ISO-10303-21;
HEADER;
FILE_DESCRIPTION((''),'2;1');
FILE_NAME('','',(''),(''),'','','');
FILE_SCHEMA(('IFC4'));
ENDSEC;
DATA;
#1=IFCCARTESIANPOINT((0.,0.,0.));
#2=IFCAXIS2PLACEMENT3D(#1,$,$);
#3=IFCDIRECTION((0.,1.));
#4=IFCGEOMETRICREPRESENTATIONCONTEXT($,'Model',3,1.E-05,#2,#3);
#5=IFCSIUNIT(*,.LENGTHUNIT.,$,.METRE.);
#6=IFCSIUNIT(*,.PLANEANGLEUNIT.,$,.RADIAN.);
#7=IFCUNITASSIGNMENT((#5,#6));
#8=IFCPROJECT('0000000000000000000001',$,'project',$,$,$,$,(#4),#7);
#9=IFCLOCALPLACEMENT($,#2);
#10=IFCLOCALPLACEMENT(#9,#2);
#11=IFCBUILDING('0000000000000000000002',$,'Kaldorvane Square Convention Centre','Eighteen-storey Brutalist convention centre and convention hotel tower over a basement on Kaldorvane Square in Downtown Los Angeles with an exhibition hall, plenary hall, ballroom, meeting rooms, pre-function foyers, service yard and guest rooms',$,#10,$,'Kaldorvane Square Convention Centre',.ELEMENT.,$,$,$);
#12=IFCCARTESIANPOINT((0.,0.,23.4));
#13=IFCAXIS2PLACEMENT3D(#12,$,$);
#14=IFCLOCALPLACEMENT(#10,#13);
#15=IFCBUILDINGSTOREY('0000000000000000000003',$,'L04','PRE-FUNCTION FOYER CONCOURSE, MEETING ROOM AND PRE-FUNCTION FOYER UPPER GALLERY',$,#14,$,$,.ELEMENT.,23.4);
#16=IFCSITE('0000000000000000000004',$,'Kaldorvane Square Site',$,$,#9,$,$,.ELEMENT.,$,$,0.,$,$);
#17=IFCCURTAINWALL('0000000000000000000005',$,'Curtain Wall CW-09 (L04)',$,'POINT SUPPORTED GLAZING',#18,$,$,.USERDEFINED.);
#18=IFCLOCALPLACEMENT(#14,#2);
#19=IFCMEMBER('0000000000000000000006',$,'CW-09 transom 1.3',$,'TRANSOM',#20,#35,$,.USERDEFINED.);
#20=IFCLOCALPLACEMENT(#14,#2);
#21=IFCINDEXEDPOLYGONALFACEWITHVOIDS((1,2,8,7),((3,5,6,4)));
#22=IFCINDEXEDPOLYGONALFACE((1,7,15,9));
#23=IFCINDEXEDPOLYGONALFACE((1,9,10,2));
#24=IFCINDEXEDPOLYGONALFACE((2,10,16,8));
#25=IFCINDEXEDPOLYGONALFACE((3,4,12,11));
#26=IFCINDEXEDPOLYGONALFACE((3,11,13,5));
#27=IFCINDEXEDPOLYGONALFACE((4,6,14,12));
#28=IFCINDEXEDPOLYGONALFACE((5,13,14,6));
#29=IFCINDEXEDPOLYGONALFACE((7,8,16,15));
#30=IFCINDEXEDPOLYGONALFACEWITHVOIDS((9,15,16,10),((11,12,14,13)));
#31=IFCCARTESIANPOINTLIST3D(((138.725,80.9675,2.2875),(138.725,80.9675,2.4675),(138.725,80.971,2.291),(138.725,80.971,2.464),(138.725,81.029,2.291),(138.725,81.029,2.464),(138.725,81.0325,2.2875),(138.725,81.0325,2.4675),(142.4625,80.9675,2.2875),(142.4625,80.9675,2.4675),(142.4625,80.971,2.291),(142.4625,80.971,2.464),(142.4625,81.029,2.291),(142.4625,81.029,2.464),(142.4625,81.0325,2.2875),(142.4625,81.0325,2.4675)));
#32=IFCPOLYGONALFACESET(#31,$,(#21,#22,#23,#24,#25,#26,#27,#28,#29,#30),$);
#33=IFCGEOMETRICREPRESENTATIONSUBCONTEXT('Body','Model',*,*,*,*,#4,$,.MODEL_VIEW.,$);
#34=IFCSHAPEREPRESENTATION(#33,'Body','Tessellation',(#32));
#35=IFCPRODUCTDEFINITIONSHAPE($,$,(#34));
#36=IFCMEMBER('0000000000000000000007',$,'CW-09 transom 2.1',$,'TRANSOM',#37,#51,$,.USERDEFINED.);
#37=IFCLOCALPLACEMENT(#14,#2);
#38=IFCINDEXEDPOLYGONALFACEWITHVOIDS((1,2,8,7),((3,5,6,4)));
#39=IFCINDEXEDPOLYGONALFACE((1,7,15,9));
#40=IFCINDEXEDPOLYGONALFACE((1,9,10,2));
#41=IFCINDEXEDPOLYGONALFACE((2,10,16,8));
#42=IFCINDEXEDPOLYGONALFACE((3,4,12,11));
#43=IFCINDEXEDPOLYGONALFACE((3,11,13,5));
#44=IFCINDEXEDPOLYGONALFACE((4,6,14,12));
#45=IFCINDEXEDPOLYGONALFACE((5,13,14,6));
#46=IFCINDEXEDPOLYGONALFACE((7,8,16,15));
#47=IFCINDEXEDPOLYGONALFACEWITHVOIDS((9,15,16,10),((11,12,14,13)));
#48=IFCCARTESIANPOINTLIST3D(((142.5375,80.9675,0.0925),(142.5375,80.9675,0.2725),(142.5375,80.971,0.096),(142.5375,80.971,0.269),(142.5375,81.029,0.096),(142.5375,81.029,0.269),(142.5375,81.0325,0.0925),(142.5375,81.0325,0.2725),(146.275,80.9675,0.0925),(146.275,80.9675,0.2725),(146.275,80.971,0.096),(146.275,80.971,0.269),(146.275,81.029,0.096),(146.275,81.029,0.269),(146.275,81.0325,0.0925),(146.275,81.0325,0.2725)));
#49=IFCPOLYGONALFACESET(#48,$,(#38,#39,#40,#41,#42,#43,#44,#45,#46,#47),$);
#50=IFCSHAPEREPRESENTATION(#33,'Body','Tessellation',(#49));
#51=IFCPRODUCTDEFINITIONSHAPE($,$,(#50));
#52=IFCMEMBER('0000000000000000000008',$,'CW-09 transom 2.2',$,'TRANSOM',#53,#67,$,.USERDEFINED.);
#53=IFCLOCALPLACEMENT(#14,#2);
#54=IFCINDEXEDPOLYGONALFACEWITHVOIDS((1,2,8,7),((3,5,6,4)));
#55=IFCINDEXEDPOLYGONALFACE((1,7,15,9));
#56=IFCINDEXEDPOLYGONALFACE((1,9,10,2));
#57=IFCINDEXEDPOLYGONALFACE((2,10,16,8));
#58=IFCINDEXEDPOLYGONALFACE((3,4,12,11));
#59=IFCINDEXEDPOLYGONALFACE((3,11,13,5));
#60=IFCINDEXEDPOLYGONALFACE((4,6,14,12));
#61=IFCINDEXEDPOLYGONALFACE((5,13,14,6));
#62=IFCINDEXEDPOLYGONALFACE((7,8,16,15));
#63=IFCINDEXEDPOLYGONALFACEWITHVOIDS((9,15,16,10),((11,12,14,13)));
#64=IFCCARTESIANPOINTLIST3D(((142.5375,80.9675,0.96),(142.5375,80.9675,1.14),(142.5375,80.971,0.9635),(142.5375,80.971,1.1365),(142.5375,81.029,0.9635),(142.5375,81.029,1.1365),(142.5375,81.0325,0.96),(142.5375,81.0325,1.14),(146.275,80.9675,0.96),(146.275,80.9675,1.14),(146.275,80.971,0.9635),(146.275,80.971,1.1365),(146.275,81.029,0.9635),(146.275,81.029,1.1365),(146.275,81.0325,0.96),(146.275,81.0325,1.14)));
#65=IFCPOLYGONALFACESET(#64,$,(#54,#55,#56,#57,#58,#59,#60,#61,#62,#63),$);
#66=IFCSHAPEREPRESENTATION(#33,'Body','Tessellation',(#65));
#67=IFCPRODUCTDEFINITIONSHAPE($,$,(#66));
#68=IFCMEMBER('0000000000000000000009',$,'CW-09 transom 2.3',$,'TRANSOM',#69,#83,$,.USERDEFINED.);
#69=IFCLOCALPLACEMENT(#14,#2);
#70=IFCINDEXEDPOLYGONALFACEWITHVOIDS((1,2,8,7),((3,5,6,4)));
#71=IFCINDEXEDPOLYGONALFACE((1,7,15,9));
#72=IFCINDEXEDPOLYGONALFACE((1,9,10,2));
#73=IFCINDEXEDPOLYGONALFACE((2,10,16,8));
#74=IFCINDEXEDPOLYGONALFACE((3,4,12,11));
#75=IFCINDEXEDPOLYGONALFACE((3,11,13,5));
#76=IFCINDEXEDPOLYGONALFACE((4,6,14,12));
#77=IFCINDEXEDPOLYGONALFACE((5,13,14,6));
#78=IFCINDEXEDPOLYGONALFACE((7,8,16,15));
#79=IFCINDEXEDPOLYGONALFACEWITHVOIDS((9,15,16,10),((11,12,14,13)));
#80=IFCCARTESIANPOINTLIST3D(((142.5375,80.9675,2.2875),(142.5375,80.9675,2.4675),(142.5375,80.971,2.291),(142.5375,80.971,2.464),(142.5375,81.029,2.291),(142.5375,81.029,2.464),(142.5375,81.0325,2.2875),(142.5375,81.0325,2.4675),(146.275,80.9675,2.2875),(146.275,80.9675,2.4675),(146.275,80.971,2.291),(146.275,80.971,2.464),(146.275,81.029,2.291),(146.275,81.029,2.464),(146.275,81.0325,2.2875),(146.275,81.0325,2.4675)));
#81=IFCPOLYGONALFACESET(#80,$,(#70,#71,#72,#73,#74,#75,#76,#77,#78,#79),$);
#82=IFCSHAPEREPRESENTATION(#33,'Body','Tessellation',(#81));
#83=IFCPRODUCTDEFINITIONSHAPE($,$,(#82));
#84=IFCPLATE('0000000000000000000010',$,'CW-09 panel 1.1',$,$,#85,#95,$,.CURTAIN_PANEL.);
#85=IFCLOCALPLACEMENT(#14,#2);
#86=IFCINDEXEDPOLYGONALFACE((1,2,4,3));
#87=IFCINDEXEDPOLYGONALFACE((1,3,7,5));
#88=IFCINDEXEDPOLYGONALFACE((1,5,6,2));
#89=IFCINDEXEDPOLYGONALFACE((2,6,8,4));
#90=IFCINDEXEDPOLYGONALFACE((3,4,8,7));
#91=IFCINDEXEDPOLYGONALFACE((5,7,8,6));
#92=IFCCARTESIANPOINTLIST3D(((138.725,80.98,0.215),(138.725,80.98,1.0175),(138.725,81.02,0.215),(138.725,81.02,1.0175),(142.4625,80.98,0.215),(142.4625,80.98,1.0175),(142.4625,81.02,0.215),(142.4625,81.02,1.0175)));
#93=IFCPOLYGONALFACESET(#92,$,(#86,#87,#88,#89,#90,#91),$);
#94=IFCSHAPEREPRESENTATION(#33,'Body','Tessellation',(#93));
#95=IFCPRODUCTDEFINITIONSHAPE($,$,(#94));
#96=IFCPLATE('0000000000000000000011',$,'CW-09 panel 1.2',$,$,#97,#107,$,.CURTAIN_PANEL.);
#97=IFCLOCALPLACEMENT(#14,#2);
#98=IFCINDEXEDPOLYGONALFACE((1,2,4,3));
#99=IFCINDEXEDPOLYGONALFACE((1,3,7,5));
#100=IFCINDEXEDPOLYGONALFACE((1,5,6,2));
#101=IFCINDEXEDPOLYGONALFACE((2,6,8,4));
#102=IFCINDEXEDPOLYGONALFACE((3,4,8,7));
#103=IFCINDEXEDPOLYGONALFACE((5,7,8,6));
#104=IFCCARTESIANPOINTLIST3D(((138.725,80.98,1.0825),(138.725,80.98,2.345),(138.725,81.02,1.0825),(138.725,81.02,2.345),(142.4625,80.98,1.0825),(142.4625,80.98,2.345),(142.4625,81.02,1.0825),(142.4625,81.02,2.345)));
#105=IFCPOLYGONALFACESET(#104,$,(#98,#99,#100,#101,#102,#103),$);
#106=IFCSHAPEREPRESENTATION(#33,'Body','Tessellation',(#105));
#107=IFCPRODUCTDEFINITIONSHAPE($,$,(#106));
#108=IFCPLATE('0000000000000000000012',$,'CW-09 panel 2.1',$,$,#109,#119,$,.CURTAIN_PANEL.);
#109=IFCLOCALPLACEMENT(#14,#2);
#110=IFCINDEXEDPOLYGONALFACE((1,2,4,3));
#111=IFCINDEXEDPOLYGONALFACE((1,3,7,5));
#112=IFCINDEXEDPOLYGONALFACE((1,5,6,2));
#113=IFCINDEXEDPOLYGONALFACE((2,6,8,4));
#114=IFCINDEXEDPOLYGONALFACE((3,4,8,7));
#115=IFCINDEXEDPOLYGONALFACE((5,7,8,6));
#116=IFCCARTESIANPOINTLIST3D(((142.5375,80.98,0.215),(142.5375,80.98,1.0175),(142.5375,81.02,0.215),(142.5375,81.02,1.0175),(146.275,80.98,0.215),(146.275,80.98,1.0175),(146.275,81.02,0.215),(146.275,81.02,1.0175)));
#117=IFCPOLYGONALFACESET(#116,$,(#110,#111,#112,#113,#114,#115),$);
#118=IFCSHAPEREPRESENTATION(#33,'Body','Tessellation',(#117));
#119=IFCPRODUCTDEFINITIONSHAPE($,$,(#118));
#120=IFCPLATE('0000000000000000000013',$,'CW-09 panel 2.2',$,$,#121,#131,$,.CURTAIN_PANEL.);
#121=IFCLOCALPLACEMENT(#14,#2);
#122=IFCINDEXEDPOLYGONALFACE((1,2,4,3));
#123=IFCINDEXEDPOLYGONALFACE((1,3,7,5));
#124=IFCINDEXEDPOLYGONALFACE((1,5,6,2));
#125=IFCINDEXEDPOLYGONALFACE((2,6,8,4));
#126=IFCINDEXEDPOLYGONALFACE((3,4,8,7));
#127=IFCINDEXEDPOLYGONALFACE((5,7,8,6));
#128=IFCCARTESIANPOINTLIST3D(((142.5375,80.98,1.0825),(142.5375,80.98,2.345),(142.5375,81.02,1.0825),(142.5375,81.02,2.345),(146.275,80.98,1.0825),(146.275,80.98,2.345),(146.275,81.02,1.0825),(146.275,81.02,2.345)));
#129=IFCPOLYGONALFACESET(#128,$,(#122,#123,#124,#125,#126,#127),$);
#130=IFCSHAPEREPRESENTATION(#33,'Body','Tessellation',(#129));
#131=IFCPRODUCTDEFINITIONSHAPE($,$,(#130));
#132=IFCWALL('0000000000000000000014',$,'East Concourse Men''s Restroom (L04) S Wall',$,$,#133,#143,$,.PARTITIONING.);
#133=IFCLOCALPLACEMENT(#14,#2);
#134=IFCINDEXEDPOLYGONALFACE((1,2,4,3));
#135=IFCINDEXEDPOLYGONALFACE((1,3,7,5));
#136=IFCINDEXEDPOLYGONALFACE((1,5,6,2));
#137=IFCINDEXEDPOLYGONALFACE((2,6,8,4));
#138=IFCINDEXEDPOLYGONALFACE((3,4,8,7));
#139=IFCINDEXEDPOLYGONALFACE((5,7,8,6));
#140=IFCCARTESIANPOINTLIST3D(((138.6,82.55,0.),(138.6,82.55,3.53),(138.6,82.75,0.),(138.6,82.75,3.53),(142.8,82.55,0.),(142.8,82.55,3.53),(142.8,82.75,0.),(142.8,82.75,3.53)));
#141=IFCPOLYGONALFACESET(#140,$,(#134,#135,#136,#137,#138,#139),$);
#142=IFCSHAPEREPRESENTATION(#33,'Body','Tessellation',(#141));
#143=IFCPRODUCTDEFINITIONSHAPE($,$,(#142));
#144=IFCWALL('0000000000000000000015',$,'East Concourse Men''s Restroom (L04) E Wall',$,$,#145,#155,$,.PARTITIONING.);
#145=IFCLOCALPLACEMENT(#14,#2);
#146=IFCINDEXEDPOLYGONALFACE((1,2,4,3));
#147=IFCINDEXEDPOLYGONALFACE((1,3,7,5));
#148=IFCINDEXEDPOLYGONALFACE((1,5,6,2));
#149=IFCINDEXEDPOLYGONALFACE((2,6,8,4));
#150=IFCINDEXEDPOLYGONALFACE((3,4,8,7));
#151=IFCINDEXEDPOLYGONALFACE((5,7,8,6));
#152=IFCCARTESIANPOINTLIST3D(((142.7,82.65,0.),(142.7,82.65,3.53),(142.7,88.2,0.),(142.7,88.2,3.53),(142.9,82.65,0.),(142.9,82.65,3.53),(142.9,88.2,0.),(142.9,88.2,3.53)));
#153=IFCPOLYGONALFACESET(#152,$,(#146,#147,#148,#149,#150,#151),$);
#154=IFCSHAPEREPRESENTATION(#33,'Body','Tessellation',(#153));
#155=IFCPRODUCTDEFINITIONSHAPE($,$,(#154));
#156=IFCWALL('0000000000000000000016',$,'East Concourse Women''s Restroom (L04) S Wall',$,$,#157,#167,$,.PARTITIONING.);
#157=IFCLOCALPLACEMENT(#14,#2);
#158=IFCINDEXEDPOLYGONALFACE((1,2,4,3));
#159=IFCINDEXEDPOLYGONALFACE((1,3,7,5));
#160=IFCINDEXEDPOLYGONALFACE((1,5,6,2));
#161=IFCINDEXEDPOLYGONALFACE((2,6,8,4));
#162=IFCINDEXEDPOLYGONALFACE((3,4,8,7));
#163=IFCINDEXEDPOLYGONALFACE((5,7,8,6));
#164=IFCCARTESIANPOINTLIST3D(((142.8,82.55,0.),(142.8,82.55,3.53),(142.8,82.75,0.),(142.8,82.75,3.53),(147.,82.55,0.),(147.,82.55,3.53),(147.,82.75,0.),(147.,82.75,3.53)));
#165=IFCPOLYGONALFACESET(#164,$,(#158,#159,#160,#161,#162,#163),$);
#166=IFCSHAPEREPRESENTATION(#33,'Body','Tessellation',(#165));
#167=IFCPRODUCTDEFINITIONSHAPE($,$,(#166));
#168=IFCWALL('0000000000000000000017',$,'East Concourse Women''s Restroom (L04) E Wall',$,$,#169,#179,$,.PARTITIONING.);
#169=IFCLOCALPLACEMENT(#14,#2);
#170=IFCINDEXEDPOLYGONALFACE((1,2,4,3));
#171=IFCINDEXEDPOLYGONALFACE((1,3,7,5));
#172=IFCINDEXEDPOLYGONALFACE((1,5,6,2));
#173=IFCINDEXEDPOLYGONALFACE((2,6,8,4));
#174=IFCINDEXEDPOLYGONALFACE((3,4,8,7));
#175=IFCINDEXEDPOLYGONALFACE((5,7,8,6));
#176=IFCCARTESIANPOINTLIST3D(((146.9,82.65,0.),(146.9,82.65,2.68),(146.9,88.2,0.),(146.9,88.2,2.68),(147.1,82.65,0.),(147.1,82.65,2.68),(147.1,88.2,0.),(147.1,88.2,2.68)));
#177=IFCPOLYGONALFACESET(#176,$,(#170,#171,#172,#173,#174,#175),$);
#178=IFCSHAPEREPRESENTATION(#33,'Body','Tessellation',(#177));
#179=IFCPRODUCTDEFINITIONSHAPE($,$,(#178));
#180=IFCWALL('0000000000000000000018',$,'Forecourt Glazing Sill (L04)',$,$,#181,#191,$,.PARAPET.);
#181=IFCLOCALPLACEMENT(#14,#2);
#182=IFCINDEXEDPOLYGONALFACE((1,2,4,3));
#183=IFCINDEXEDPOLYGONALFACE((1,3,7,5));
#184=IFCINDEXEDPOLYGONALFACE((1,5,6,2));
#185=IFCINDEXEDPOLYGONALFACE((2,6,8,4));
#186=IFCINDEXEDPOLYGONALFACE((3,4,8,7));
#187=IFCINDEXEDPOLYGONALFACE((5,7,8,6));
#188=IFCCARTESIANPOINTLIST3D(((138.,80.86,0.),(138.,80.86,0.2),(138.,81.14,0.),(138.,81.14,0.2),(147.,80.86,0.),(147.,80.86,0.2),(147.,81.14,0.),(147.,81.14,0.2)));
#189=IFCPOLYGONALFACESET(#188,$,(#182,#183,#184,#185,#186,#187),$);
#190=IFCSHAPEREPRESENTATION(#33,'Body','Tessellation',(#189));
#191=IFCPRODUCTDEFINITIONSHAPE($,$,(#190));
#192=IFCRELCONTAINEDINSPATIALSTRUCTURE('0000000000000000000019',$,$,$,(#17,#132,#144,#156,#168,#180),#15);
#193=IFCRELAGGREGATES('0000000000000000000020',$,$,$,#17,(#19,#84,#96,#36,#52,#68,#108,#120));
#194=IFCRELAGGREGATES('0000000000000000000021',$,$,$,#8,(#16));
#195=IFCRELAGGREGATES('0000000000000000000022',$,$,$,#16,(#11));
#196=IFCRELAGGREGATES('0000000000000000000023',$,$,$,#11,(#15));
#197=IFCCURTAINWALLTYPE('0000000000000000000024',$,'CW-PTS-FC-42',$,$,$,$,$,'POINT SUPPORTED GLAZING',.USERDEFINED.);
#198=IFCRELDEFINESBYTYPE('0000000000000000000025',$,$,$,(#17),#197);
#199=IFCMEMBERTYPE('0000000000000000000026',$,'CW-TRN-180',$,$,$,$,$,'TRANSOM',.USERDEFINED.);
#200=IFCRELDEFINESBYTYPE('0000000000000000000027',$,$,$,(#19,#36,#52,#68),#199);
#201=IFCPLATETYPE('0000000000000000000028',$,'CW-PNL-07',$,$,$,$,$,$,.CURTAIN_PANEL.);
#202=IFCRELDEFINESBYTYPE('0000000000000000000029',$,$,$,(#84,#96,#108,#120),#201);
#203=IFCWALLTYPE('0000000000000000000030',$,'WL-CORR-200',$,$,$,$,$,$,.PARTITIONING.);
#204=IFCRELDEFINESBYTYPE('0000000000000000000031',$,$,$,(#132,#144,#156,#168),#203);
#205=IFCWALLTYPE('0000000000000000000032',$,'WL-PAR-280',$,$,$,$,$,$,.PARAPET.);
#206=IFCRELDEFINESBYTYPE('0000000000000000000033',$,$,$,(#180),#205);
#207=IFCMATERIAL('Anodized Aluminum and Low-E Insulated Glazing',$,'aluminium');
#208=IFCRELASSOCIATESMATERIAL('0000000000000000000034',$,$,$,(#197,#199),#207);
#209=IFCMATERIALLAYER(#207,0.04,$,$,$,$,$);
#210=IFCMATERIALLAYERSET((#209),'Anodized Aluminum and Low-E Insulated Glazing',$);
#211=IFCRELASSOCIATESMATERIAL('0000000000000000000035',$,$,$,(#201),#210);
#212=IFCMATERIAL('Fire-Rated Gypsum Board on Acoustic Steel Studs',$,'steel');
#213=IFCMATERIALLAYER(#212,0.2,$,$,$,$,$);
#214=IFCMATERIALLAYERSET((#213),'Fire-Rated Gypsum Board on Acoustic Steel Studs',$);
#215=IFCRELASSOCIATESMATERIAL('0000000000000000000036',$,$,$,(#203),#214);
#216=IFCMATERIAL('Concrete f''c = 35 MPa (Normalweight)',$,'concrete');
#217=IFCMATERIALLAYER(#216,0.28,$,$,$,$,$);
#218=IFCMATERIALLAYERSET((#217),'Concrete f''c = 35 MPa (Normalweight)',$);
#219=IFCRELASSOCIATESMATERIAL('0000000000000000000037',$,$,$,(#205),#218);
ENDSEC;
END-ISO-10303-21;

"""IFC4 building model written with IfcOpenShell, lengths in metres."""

from ifc_helpers import new_model, si_unit, direction, frame, frame_2d, origin, origin_2d, place, context, subcontext, project, spatial, rectangle, hollow_rectangle, extrude, material, layer, layer_set, material_profile, profile_set, type_object, element, aggregate, save


model = new_model("IFC4")

# Units and contexts
model_context = context("Model", 3, precision=1e-05, world=origin(), true_north=direction((0.0, 1.0)))
body_context = subcontext(model_context, "Body", "Model", "MODEL_VIEW")
ifc_project = project(units=[si_unit("LENGTHUNIT", "METRE"), si_unit("PLANEANGLEUNIT", "RADIAN")], contexts=[model_context])

# Site, building, storey
site_placement = place(None, origin())
site = spatial("IfcSite", under=ifc_project, at=site_placement, Name="Kaldorvane Square Site", CompositionType="ELEMENT", RefElevation=0.0)
building_placement = place(site_placement, origin())
building = spatial("IfcBuilding", under=site, at=building_placement, Name="Kaldorvane Square Convention Centre", Description="Eighteen-storey Brutalist convention centre and convention hotel tower over a basement on Kaldorvane Square in Downtown Los Angeles with an exhibition hall, plenary hall, ballroom, meeting rooms, pre-function foyers, service yard and guest rooms", LongName="Kaldorvane Square Convention Centre", CompositionType="ELEMENT")
storey_placement = place(building_placement, frame((0.0, 0.0, 23.4)))
storey = spatial("IfcBuildingStorey", under=building, at=storey_placement, Name="L04", Description="PRE-FUNCTION FOYER CONCOURSE, MEETING ROOM AND PRE-FUNCTION FOYER UPPER GALLERY", CompositionType="ELEMENT", Elevation=23.4)

# Curtain wall, members, plates
ifc_material_1 = material(Name="Anodized Aluminum and Low-E Insulated Glazing", Category="aluminium")
curtain_wall_type = type_object("IfcCurtainWallType", Name="CW-PTS-FC-42", ElementType="POINT SUPPORTED GLAZING", PredefinedType="USERDEFINED", material=ifc_material_1)
curtain_wall_placement = place(storey_placement, origin())
curtain_wall = element("IfcCurtainWall", 1, at=curtain_wall_placement, inside=storey, type_object=curtain_wall_type, Name="Curtain Wall CW-09 (L04)", ObjectType="POINT SUPPORTED GLAZING", PredefinedType="USERDEFINED")
ifc_material_profile_1 = material_profile(ifc_material_1, hollow_rectangle(XDim=0.065, YDim=0.18, WallThickness=0.0035, at=origin_2d()), Name="CWT-180X65")
ifc_profile_set_1 = profile_set([ifc_material_profile_1], Name="Anodized Aluminum and Low-E Insulated Glazing")
member_type_1 = type_object("IfcMemberType", Name="CW-TRN-180", ElementType="TRANSOM", PredefinedType="USERDEFINED", material=ifc_profile_set_1)
member_1_placement = place(storey_placement, frame((138.725, 81.0, 2.3775), z_axis=(1.0, 0.0, 0.0), x_axis=(0.0, 1.0, 0.0)))
member_1 = element("IfcMember", 2, at=member_1_placement, type_object=member_type_1, Name="CW-09 transom 1.3", ObjectType="TRANSOM", PredefinedType="USERDEFINED", context=body_context, shape_type="SweptSolid", body=[
    extrude(hollow_rectangle(XDim=0.065, YDim=0.18, WallThickness=0.0035, at=origin_2d()), origin(), (0.0, 0.0, 1.0), 3.7375),
])
member_2_placement = place(storey_placement, frame((142.5375, 81.0, 0.1825), z_axis=(1.0, 0.0, 0.0), x_axis=(0.0, 1.0, 0.0)))
member_2 = element("IfcMember", 3, at=member_2_placement, type_object=member_type_1, Name="CW-09 transom 2.1", ObjectType="TRANSOM", PredefinedType="USERDEFINED", context=body_context, shape_type="SweptSolid", body=[
    extrude(hollow_rectangle(XDim=0.065, YDim=0.18, WallThickness=0.0035, at=origin_2d()), origin(), (0.0, 0.0, 1.0), 3.7375),
])
member_3_placement = place(storey_placement, frame((142.5375, 81.0, 1.05), z_axis=(1.0, 0.0, 0.0), x_axis=(0.0, 1.0, 0.0)))
member_3 = element("IfcMember", 4, at=member_3_placement, type_object=member_type_1, Name="CW-09 transom 2.2", ObjectType="TRANSOM", PredefinedType="USERDEFINED", context=body_context, shape_type="SweptSolid", body=[
    extrude(hollow_rectangle(XDim=0.065, YDim=0.18, WallThickness=0.0035, at=origin_2d()), origin(), (0.0, 0.0, 1.0), 3.7375),
])
member_4_placement = place(storey_placement, frame((142.5375, 81.0, 2.3775), z_axis=(1.0, 0.0, 0.0), x_axis=(0.0, 1.0, 0.0)))
member_4 = element("IfcMember", 5, at=member_4_placement, type_object=member_type_1, Name="CW-09 transom 2.3", ObjectType="TRANSOM", PredefinedType="USERDEFINED", context=body_context, shape_type="SweptSolid", body=[
    extrude(hollow_rectangle(XDim=0.065, YDim=0.18, WallThickness=0.0035, at=origin_2d()), origin(), (0.0, 0.0, 1.0), 3.7375),
])
ifc_layer_1 = layer(ifc_material_1, 0.04)
ifc_layer_set_1 = layer_set([ifc_layer_1], Name="Anodized Aluminum and Low-E Insulated Glazing")
plate_type = type_object("IfcPlateType", Name="CW-PNL-07", PredefinedType="CURTAIN_PANEL", material=ifc_layer_set_1)
plate_1_placement = place(storey_placement, frame((140.5938, 81.0, 0.215), z_axis=(0.0, 0.0, 1.0), x_axis=(1.0, 0.0, 0.0)))
plate_1 = element("IfcPlate", 6, at=plate_1_placement, type_object=plate_type, Name="CW-09 panel 1.1", PredefinedType="CURTAIN_PANEL", context=body_context, shape_type="SweptSolid", body=[
    extrude(rectangle(XDim=3.7375, YDim=0.04, at=origin_2d()), origin(), (0.0, 0.0, 1.0), 0.8025),
])
plate_2_placement = place(storey_placement, frame((140.5938, 81.0, 1.0825), z_axis=(0.0, 0.0, 1.0), x_axis=(1.0, 0.0, 0.0)))
plate_2 = element("IfcPlate", 7, at=plate_2_placement, type_object=plate_type, Name="CW-09 panel 1.2", PredefinedType="CURTAIN_PANEL", context=body_context, shape_type="SweptSolid", body=[
    extrude(rectangle(XDim=3.7375, YDim=0.04, at=origin_2d()), origin(), (0.0, 0.0, 1.0), 1.2625),
])
plate_3_placement = place(storey_placement, frame((144.4062, 81.0, 0.215), z_axis=(0.0, 0.0, 1.0), x_axis=(1.0, 0.0, 0.0)))
plate_3 = element("IfcPlate", 8, at=plate_3_placement, type_object=plate_type, Name="CW-09 panel 2.1", PredefinedType="CURTAIN_PANEL", context=body_context, shape_type="SweptSolid", body=[
    extrude(rectangle(XDim=3.7375, YDim=0.04, at=origin_2d()), origin(), (0.0, 0.0, 1.0), 0.8025),
])
plate_4_placement = place(storey_placement, frame((144.4062, 81.0, 1.0825), z_axis=(0.0, 0.0, 1.0), x_axis=(1.0, 0.0, 0.0)))
plate_4 = element("IfcPlate", 9, at=plate_4_placement, type_object=plate_type, Name="CW-09 panel 2.2", PredefinedType="CURTAIN_PANEL", context=body_context, shape_type="SweptSolid", body=[
    extrude(rectangle(XDim=3.7375, YDim=0.04, at=origin_2d()), origin(), (0.0, 0.0, 1.0), 1.2625),
])
aggregate(curtain_wall, [member_1, plate_1, plate_2, member_2, member_3, member_4, plate_3, plate_4])

# Walls
ifc_material_2 = material(Name="Fire-Rated Gypsum Board on Acoustic Steel Studs", Category="steel")
ifc_layer_2 = layer(ifc_material_2, 0.2)
ifc_layer_set_2 = layer_set([ifc_layer_2], Name="Fire-Rated Gypsum Board on Acoustic Steel Studs")
wall_type_1 = type_object("IfcWallType", Name="WL-CORR-200", PredefinedType="PARTITIONING", material=ifc_layer_set_2)
wall_1_placement = place(storey_placement, frame((138.6, 82.65, 0.0), z_axis=(0.0, 0.0, 1.0), x_axis=(1.0, 0.0, 0.0)))
element("IfcWall", 10, at=wall_1_placement, inside=storey, type_object=wall_type_1, Name="East Concourse Men's Restroom (L04) S Wall", PredefinedType="PARTITIONING", context=body_context, shape_type="SweptSolid", body=[
    extrude(rectangle(XDim=4.2, YDim=0.2, at=frame_2d((2.1, 0.0))), origin(), (0.0, 0.0, 1.0), 3.53),
])
wall_2_placement = place(storey_placement, frame((142.8, 82.65, 0.0), z_axis=(0.0, 0.0, 1.0), x_axis=(0.0, 1.0, 0.0)))
element("IfcWall", 11, at=wall_2_placement, inside=storey, type_object=wall_type_1, Name="East Concourse Men's Restroom (L04) E Wall", PredefinedType="PARTITIONING", context=body_context, shape_type="SweptSolid", body=[
    extrude(rectangle(XDim=5.55, YDim=0.2, at=frame_2d((2.775, 0.0))), origin(), (0.0, 0.0, 1.0), 3.53),
])
wall_3_placement = place(storey_placement, frame((142.8, 82.65, 0.0), z_axis=(0.0, 0.0, 1.0), x_axis=(1.0, 0.0, 0.0)))
element("IfcWall", 12, at=wall_3_placement, inside=storey, type_object=wall_type_1, Name="East Concourse Women's Restroom (L04) S Wall", PredefinedType="PARTITIONING", context=body_context, shape_type="SweptSolid", body=[
    extrude(rectangle(XDim=4.2, YDim=0.2, at=frame_2d((2.1, 0.0))), origin(), (0.0, 0.0, 1.0), 3.53),
])
wall_4_placement = place(storey_placement, frame((147.0, 82.65, 0.0), z_axis=(0.0, 0.0, 1.0), x_axis=(0.0, 1.0, 0.0)))
element("IfcWall", 13, at=wall_4_placement, inside=storey, type_object=wall_type_1, Name="East Concourse Women's Restroom (L04) E Wall", PredefinedType="PARTITIONING", context=body_context, shape_type="SweptSolid", body=[
    extrude(rectangle(XDim=5.55, YDim=0.2, at=frame_2d((2.775, 0.0))), origin(), (0.0, 0.0, 1.0), 2.68),
])
ifc_material_3 = material(Name="Concrete f'c = 35 MPa (Normalweight)", Category="concrete")
ifc_layer_3 = layer(ifc_material_3, 0.28)
ifc_layer_set_3 = layer_set([ifc_layer_3], Name="Concrete f'c = 35 MPa (Normalweight)")
wall_type_2 = type_object("IfcWallType", Name="WL-PAR-280", PredefinedType="PARAPET", material=ifc_layer_set_3)
for number, where, z_axis, x_axis, name in (
    (14, (138.0, 81.0, 0.0), (0.0, 0.0, 1.0), (1.0, 0.0, 0.0), "Forecourt Glazing Sill (L04)"),
):
    element("IfcWall", number, at=place(storey_placement, frame(where, z_axis=z_axis, x_axis=x_axis)), inside=storey, type_object=wall_type_2, Name=name, PredefinedType="PARAPET", context=body_context, shape_type="SweptSolid", body=[
        extrude(rectangle(XDim=9.0, YDim=0.28, at=frame_2d((4.5, 0.0))), origin(), (0.0, 0.0, 1.0), 0.2),
    ])

save(model, "model.ifc")
